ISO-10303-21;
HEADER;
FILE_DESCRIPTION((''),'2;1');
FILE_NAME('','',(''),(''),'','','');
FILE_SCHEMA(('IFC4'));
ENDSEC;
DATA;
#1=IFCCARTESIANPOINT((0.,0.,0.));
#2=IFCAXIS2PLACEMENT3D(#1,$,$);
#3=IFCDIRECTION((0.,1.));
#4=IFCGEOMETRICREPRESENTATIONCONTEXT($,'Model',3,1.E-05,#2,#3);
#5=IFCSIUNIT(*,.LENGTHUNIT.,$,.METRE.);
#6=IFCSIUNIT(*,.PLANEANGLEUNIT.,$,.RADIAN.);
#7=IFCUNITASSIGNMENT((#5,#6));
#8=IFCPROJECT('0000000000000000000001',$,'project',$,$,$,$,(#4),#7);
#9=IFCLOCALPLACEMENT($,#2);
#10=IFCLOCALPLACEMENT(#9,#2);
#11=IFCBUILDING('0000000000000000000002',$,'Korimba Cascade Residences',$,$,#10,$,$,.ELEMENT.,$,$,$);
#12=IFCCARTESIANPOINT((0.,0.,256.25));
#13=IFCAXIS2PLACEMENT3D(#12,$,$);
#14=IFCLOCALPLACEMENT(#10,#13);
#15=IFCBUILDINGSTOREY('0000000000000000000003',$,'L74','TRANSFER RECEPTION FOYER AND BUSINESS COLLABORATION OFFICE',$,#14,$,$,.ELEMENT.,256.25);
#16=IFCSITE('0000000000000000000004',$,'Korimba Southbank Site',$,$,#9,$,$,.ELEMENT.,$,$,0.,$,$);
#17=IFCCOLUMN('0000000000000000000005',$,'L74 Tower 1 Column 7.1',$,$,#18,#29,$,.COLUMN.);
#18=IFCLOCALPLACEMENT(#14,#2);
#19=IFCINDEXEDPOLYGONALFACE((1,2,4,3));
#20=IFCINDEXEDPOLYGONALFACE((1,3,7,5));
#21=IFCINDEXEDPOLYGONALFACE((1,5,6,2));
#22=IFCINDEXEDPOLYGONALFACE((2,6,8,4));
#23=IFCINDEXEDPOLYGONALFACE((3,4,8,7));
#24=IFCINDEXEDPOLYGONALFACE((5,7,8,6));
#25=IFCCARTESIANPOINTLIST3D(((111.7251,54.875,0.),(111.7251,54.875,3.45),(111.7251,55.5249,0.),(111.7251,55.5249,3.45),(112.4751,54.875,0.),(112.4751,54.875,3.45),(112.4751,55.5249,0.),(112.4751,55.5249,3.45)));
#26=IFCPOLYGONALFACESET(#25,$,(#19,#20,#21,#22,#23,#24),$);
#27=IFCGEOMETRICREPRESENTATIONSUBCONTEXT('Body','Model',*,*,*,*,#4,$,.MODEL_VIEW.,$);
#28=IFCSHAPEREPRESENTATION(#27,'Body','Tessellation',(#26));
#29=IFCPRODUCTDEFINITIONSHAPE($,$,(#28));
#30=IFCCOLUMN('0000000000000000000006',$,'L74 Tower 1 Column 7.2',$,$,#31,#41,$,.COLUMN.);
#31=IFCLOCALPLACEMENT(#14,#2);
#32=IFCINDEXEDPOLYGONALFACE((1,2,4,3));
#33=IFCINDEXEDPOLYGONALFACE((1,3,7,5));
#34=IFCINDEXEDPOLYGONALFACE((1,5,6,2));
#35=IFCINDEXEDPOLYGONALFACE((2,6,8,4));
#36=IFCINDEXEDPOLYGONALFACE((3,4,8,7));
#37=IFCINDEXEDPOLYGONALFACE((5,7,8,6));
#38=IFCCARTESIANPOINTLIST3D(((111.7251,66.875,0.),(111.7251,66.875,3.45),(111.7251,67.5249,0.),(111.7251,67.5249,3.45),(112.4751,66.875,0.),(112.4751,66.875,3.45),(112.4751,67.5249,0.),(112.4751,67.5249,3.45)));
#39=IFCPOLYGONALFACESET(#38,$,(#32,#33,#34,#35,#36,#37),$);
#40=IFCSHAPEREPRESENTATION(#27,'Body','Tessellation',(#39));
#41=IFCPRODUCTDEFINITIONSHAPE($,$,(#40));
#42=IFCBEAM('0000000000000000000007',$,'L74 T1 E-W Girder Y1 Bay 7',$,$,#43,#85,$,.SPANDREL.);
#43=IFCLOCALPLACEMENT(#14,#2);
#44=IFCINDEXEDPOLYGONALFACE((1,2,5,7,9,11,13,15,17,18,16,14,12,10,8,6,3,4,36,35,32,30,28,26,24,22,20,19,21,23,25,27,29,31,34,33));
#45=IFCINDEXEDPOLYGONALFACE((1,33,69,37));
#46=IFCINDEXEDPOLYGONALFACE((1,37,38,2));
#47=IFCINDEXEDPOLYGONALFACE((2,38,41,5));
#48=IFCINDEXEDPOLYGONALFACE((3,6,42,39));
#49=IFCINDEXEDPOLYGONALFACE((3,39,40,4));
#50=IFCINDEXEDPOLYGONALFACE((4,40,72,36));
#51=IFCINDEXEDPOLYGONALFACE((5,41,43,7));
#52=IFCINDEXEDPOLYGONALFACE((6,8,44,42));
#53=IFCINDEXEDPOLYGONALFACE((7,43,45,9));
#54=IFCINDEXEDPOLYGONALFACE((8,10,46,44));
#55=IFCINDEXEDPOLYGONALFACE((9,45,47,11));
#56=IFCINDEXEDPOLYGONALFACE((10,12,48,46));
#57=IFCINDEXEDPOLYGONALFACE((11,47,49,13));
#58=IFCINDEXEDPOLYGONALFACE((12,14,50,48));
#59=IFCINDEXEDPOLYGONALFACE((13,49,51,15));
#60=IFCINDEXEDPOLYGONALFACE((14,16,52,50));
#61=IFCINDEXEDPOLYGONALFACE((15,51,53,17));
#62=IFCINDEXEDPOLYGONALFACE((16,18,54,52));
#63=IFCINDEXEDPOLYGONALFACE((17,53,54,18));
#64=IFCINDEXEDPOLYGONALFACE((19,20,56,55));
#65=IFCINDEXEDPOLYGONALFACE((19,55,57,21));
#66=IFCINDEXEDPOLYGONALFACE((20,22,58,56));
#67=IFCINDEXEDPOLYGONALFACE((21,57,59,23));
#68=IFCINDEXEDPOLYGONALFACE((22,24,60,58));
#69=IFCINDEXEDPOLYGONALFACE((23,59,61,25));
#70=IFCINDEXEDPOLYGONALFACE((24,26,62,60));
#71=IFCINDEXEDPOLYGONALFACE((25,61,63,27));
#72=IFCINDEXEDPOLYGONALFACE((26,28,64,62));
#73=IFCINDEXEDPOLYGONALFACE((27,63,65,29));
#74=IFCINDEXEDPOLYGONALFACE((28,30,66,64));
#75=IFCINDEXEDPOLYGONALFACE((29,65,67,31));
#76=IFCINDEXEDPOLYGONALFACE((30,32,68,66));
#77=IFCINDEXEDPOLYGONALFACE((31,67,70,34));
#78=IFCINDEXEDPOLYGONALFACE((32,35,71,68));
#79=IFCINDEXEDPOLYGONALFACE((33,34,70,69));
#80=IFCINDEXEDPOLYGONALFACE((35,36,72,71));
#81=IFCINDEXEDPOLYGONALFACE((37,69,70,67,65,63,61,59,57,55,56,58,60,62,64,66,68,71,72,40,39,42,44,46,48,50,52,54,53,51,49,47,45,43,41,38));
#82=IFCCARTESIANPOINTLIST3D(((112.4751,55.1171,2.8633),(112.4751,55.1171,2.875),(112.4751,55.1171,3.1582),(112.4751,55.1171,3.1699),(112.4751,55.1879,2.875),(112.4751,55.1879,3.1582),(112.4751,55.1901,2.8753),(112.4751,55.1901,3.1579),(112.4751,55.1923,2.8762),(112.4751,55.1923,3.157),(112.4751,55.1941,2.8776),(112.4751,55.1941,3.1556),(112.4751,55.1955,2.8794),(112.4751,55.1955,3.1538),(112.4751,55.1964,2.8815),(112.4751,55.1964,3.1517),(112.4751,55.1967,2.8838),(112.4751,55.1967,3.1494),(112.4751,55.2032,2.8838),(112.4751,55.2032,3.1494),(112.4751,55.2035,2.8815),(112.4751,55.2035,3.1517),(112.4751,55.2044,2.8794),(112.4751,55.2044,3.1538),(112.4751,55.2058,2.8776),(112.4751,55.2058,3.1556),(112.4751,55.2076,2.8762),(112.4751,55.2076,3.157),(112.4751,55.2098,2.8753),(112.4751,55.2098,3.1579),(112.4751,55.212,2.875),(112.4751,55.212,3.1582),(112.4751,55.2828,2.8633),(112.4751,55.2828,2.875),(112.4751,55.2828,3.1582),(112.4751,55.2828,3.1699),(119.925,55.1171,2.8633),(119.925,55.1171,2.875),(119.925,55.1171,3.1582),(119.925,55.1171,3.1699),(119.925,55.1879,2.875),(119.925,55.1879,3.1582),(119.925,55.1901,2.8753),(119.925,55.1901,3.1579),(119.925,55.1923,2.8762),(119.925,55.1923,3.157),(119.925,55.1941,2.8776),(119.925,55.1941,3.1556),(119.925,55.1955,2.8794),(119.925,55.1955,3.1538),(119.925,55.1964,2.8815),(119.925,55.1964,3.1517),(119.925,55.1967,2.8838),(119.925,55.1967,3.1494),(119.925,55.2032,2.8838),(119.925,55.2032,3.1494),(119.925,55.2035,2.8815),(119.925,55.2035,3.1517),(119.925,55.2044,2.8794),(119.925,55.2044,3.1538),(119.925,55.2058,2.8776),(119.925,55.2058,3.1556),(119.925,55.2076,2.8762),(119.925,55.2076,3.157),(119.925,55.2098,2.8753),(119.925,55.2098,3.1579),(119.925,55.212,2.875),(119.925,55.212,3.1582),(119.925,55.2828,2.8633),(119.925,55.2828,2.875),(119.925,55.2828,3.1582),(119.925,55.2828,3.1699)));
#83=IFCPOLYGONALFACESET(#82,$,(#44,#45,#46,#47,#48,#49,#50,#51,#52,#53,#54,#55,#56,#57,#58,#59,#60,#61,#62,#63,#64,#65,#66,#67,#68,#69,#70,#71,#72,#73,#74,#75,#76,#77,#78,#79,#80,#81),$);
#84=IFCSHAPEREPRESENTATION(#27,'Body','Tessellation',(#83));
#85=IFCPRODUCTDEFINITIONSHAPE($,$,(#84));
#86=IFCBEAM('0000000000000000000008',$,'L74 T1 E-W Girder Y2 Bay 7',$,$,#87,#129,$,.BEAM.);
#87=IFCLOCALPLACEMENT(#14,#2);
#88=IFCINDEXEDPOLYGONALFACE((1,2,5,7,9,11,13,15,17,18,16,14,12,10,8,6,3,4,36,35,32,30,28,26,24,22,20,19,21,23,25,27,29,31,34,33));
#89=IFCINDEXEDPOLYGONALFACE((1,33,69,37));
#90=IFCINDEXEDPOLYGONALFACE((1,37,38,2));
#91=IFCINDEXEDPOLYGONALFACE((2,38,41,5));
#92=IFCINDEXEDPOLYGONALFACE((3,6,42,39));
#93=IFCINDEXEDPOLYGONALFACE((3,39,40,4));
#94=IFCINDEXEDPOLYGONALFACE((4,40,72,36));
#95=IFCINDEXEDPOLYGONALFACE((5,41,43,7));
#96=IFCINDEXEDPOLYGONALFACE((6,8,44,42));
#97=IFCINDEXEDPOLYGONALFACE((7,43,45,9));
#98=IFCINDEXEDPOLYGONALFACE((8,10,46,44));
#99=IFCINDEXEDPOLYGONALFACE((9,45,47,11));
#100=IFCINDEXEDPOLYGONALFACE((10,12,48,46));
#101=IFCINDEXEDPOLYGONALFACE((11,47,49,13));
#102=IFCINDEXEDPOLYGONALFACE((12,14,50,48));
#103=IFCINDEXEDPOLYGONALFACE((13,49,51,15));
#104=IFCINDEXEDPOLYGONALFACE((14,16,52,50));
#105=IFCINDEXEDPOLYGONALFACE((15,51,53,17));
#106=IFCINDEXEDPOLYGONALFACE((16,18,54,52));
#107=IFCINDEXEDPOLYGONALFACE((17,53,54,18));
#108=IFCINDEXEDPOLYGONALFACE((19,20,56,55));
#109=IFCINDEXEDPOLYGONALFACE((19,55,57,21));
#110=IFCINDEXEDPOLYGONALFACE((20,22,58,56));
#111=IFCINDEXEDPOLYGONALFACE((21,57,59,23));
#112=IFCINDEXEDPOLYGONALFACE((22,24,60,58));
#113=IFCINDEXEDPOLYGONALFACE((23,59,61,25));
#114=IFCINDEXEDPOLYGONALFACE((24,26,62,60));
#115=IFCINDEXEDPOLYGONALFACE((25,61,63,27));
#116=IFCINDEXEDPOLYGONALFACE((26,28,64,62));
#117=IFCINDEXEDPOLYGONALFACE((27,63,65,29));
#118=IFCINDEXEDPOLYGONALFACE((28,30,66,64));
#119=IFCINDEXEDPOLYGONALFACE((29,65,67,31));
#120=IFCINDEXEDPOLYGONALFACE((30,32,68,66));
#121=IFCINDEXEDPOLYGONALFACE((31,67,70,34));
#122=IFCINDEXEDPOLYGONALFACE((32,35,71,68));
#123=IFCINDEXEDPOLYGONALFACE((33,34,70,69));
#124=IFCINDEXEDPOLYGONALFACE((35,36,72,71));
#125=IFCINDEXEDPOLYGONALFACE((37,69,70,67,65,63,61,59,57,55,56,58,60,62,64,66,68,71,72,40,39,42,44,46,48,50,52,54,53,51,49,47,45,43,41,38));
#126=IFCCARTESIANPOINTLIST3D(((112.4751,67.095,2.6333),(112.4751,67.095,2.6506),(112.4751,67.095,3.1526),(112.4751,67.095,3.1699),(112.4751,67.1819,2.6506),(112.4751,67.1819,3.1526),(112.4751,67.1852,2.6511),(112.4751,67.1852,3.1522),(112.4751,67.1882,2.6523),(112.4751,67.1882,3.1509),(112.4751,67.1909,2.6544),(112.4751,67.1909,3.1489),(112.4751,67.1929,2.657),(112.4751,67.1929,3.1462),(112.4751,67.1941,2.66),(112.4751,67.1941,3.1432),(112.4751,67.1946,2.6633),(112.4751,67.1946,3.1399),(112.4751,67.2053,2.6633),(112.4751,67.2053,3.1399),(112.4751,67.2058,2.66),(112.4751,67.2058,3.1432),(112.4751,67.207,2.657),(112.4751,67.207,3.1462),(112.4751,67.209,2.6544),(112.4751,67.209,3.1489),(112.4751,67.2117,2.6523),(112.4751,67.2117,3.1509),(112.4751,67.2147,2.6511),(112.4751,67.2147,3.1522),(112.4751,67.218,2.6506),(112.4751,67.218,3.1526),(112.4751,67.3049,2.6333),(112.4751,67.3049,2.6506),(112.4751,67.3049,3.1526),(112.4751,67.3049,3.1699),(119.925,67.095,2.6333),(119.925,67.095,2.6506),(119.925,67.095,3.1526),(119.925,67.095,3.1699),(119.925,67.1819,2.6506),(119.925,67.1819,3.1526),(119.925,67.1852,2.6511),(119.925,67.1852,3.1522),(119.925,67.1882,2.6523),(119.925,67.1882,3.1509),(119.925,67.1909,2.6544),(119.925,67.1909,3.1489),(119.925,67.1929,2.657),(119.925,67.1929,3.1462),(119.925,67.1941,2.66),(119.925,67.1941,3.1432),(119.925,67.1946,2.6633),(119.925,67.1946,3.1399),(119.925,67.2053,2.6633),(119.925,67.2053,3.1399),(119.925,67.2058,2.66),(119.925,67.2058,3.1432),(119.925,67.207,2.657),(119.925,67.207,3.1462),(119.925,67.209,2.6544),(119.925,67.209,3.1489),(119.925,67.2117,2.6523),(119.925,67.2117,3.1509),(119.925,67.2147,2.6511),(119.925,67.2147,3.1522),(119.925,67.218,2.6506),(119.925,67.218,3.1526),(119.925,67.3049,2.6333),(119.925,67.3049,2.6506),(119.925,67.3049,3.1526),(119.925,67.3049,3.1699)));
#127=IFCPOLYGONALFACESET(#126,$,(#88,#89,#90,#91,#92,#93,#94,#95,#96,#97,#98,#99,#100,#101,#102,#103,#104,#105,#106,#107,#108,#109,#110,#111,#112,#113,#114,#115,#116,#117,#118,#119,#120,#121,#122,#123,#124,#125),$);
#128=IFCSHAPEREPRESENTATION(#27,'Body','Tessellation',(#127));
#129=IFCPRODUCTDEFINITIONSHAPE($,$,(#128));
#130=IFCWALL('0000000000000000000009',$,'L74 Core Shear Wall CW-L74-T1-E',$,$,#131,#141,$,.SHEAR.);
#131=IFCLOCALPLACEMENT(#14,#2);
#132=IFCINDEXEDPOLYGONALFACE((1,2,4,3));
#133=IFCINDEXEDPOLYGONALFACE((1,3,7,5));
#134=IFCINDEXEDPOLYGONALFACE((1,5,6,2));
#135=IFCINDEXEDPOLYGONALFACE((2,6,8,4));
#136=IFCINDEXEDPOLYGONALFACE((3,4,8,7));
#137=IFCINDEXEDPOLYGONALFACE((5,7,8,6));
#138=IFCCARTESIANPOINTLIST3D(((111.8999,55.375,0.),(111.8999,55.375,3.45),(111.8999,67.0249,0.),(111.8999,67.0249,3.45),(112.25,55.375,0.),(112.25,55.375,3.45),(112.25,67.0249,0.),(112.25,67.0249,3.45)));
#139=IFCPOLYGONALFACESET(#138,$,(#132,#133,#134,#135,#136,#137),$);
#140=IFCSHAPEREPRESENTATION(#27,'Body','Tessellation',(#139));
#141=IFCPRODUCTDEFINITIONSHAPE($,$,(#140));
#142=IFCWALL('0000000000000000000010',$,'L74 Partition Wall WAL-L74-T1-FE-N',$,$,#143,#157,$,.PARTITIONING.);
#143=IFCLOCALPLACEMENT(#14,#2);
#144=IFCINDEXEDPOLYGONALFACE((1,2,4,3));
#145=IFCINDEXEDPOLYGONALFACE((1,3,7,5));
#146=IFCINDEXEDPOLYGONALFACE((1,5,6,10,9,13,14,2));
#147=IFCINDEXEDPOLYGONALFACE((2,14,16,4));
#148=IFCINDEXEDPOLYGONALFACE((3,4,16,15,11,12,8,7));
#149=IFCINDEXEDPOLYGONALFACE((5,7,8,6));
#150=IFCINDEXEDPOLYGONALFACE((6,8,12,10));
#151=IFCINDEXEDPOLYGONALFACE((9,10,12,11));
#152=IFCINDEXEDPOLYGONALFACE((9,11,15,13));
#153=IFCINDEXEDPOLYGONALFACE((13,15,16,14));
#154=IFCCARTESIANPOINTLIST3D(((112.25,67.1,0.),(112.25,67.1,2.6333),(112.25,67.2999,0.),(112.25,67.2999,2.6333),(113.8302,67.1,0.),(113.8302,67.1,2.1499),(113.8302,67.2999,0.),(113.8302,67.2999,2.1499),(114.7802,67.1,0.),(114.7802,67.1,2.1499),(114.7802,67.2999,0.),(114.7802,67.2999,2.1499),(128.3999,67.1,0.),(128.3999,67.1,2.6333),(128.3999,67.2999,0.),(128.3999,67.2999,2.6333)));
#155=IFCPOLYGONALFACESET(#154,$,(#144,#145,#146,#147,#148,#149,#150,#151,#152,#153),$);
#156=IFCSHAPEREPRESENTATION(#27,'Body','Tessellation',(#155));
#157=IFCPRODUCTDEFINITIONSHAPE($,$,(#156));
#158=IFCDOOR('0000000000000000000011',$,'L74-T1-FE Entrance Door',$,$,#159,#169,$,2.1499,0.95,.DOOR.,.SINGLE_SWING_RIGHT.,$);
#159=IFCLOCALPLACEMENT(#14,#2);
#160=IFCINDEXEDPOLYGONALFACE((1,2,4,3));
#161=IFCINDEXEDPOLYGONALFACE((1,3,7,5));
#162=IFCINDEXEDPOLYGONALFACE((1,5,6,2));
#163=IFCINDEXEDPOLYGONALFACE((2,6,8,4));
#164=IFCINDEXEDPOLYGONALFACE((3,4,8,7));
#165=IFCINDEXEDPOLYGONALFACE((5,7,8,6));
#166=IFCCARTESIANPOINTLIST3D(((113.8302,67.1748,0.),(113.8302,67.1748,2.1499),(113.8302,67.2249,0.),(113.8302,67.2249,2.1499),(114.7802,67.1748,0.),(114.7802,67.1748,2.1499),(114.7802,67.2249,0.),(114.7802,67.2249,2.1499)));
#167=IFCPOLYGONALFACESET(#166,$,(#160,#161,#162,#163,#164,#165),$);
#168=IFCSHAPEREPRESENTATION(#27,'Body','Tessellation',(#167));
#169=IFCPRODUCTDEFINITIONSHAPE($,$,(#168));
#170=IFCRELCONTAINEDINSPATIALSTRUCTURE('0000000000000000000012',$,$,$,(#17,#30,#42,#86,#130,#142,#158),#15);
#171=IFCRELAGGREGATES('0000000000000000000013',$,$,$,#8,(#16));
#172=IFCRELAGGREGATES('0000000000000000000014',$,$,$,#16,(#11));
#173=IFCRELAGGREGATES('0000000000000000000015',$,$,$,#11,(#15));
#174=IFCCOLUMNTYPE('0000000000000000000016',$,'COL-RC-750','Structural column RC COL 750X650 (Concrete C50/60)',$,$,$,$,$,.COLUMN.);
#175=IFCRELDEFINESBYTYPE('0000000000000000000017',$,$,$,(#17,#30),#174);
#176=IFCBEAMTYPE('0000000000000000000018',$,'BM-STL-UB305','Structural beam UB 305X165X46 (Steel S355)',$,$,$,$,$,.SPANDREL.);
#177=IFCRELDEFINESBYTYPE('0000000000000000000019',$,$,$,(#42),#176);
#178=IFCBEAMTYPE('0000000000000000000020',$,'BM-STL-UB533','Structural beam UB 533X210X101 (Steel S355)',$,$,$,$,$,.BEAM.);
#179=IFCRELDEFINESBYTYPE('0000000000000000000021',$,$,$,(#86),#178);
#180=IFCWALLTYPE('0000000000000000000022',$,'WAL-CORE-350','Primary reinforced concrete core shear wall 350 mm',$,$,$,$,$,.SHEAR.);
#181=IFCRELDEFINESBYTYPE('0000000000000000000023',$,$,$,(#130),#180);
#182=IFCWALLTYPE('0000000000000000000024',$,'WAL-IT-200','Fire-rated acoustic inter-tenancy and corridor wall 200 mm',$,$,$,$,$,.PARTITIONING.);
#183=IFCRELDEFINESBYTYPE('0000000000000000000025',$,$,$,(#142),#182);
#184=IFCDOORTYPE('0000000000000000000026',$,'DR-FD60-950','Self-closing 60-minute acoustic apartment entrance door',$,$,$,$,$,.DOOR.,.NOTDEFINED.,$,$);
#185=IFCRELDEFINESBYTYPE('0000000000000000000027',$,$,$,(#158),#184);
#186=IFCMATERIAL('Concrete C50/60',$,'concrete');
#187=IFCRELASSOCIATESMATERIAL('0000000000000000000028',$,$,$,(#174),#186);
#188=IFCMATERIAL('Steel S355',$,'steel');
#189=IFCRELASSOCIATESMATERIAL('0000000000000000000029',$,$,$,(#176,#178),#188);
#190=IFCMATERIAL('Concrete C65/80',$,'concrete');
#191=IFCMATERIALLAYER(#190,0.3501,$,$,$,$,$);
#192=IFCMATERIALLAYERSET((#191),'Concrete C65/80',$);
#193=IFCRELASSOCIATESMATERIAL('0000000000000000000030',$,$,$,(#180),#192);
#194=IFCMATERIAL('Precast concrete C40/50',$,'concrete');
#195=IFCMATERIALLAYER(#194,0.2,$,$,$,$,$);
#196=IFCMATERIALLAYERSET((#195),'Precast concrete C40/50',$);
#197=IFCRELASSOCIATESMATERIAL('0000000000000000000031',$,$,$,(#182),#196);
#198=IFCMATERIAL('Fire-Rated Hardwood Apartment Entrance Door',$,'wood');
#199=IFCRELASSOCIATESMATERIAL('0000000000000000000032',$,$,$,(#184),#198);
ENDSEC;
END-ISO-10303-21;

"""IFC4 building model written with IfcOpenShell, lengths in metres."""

from ifc_helpers import new_model, si_unit, direction, frame, frame_2d, origin, origin_2d, place, context, subcontext, project, spatial, rectangle, i_section, extrude, material, layer, layer_set, material_profile, profile_set, type_object, element, fill, save


model = new_model("IFC4")

# Units and contexts
model_context = context("Model", 3, precision=1e-05, world=origin(), true_north=direction((0.0, 1.0)))
body_context = subcontext(model_context, "Body", "Model", "MODEL_VIEW")
ifc_project = project(units=[si_unit("LENGTHUNIT", "METRE"), si_unit("PLANEANGLEUNIT", "RADIAN")], contexts=[model_context])

# Site, building, storey
site_placement = place(None, origin())
site = spatial("IfcSite", under=ifc_project, at=site_placement, Name="Korimba Southbank Site", CompositionType="ELEMENT", RefElevation=0.0)
building_placement = place(site_placement, origin())
building = spatial("IfcBuilding", under=site, at=building_placement, Name="Korimba Cascade Residences", CompositionType="ELEMENT")
storey_placement = place(building_placement, frame((0.0, 0.0, 256.25)))
storey = spatial("IfcBuildingStorey", under=building, at=storey_placement, Name="L74", Description="TRANSFER RECEPTION FOYER AND BUSINESS COLLABORATION OFFICE", CompositionType="ELEMENT", Elevation=256.25)

# Columns
ifc_material_1 = material(Name="Concrete C50/60", Category="concrete")
ifc_material_profile_1 = material_profile(ifc_material_1, rectangle(XDim=0.75, YDim=0.6499, at=origin_2d()), Name="Concrete C50/60")
ifc_profile_set_1 = profile_set([ifc_material_profile_1], Name="Concrete C50/60")
column_type = type_object("IfcColumnType", Name="COL-RC-750", Description="Structural column RC COL 750X650 (Concrete C50/60)", PredefinedType="COLUMN", material=ifc_profile_set_1)
for number, where, z_axis, x_axis, name in (
    (1, (112.1001, 55.2, 0.0), (0.0, 0.0, 1.0), (1.0, 0.0, 0.0), "L74 Tower 1 Column 7.1"),
    (2, (112.1001, 67.2, 0.0), (0.0, 0.0, 1.0), (1.0, 0.0, 0.0), "L74 Tower 1 Column 7.2"),
):
    element("IfcColumn", number, at=place(storey_placement, frame(where, z_axis=z_axis, x_axis=x_axis)), inside=storey, type_object=column_type, Name=name, PredefinedType="COLUMN", context=body_context, shape_type="SweptSolid", body=[
        extrude(rectangle(XDim=0.75, YDim=0.6499, at=origin_2d()), origin(), (0.0, 0.0, 1.0), 3.45),
    ])

# Beams
ifc_material_2 = material(Name="Steel S355", Category="steel")
ifc_material_profile_2 = material_profile(ifc_material_2, i_section(OverallWidth=0.1658, OverallDepth=0.3066, WebThickness=0.0066, FlangeThickness=0.0117, FilletRadius=0.0088, at=origin_2d()), Name="Steel S355")
ifc_profile_set_2 = profile_set([ifc_material_profile_2], Name="Steel S355")
beam_type_1 = type_object("IfcBeamType", Name="BM-STL-UB305", Description="Structural beam UB 305X165X46 (Steel S355)", PredefinedType="SPANDREL", material=ifc_profile_set_2)
beam_1_placement = place(storey_placement, frame((112.4751, 55.2, 3.0166), z_axis=(1.0, 0.0, 0.0), x_axis=(0.0, 1.0, 0.0)))
element("IfcBeam", 3, at=beam_1_placement, inside=storey, type_object=beam_type_1, Name="L74 T1 E-W Girder Y1 Bay 7", PredefinedType="SPANDREL", context=body_context, shape_type="SweptSolid", body=[
    extrude(i_section(OverallWidth=0.1658, OverallDepth=0.3066, WebThickness=0.0066, FlangeThickness=0.0117, FilletRadius=0.0088, at=origin_2d()), origin(), (0.0, 0.0, 1.0), 7.45),
])
ifc_material_profile_3 = material_profile(ifc_material_2, i_section(OverallWidth=0.21, OverallDepth=0.5366, WebThickness=0.0107, FlangeThickness=0.0173, FilletRadius=0.0127, at=origin_2d()), Name="Steel S355")
ifc_profile_set_3 = profile_set([ifc_material_profile_3], Name="Steel S355")
beam_type_2 = type_object("IfcBeamType", Name="BM-STL-UB533", Description="Structural beam UB 533X210X101 (Steel S355)", PredefinedType="BEAM", material=ifc_profile_set_3)
beam_2_placement = place(storey_placement, frame((112.4751, 67.2, 2.9016), z_axis=(1.0, 0.0, 0.0), x_axis=(0.0, 1.0, 0.0)))
element("IfcBeam", 4, at=beam_2_placement, inside=storey, type_object=beam_type_2, Name="L74 T1 E-W Girder Y2 Bay 7", PredefinedType="BEAM", context=body_context, shape_type="SweptSolid", body=[
    extrude(i_section(OverallWidth=0.21, OverallDepth=0.5366, WebThickness=0.0107, FlangeThickness=0.0173, FilletRadius=0.0127, at=origin_2d()), origin(), (0.0, 0.0, 1.0), 7.45),
])

# Wall
ifc_material_3 = material(Name="Concrete C65/80", Category="concrete")
ifc_layer_1 = layer(ifc_material_3, 0.3501)
ifc_layer_set_1 = layer_set([ifc_layer_1], Name="Concrete C65/80")
wall_type_1 = type_object("IfcWallType", Name="WAL-CORE-350", Description="Primary reinforced concrete core shear wall 350 mm", PredefinedType="SHEAR", material=ifc_layer_set_1)
wall_1_placement = place(storey_placement, frame((112.075, 55.375, 0.0), z_axis=(0.0, 0.0, 1.0), x_axis=(0.0, 1.0, 0.0)))
element("IfcWall", 5, at=wall_1_placement, inside=storey, type_object=wall_type_1, Name="L74 Core Shear Wall CW-L74-T1-E", PredefinedType="SHEAR", context=body_context, shape_type="SweptSolid", body=[
    extrude(rectangle(XDim=11.6499, YDim=0.3501, at=frame_2d((5.825, 0.0))), origin(), (0.0, 0.0, 1.0), 3.45),
])

# Wall, opening, door
ifc_material_4 = material(Name="Precast concrete C40/50", Category="concrete")
ifc_layer_2 = layer(ifc_material_4, 0.2)
ifc_layer_set_2 = layer_set([ifc_layer_2], Name="Precast concrete C40/50")
wall_type_2 = type_object("IfcWallType", Name="WAL-IT-200", Description="Fire-rated acoustic inter-tenancy and corridor wall 200 mm", PredefinedType="PARTITIONING", material=ifc_layer_set_2)
wall_2_placement = place(storey_placement, frame((112.25, 67.2, 0.0), z_axis=(0.0, 0.0, 1.0), x_axis=(1.0, 0.0, 0.0)))
wall_2 = element("IfcWall", 6, at=wall_2_placement, inside=storey, type_object=wall_type_2, Name="L74 Partition Wall WAL-L74-T1-FE-N", PredefinedType="PARTITIONING", context=body_context, shape_type="SweptSolid", body=[
    extrude(rectangle(XDim=16.1499, YDim=0.2, at=frame_2d((8.075, 0.0))), origin(), (0.0, 0.0, 1.0), 2.6333),
])
opening_1_placement = place(wall_2_placement, frame((1.5801, 0.0, 0.0)))
opening_1 = element("IfcOpeningElement", 7, at=opening_1_placement, cuts=wall_2, PredefinedType="OPENING", context=body_context, shape_type="SweptSolid", body=[
    extrude(rectangle(XDim=0.95, YDim=2.1499, at=frame_2d((0.4751, 1.075))), frame((0.0, 0.1099, 0.0), z_axis=(0.0, -1.0, 0.0), x_axis=(1.0, 0.0, 0.0)), (0.0, 0.0, 1.0), 0.22),
])
ifc_material_5 = material(Name="Fire-Rated Hardwood Apartment Entrance Door", Category="wood")
door_type_1 = type_object("IfcDoorType", Name="DR-FD60-950", Description="Self-closing 60-minute acoustic apartment entrance door", OperationType="NOTDEFINED", PredefinedType="DOOR", material=ifc_material_5)
door_1_placement = place(opening_1_placement, origin())
door_1 = element("IfcDoor", 8, at=door_1_placement, inside=storey, type_object=door_type_1, Name="L74-T1-FE Entrance Door", OperationType="SINGLE_SWING_RIGHT", OverallHeight=2.1499, OverallWidth=0.95, PredefinedType="DOOR", context=body_context, shape_type="SweptSolid", body=[
    extrude(rectangle(XDim=0.95, YDim=2.1499, at=frame_2d((0.4751, 1.075))), frame((0.0, 0.0249, 0.0), z_axis=(0.0, -1.0, 0.0), x_axis=(1.0, 0.0, 0.0)), (0.0, 0.0, 1.0), 0.05),
])
fill(opening_1, door_1)

save(model, "model.ifc")
